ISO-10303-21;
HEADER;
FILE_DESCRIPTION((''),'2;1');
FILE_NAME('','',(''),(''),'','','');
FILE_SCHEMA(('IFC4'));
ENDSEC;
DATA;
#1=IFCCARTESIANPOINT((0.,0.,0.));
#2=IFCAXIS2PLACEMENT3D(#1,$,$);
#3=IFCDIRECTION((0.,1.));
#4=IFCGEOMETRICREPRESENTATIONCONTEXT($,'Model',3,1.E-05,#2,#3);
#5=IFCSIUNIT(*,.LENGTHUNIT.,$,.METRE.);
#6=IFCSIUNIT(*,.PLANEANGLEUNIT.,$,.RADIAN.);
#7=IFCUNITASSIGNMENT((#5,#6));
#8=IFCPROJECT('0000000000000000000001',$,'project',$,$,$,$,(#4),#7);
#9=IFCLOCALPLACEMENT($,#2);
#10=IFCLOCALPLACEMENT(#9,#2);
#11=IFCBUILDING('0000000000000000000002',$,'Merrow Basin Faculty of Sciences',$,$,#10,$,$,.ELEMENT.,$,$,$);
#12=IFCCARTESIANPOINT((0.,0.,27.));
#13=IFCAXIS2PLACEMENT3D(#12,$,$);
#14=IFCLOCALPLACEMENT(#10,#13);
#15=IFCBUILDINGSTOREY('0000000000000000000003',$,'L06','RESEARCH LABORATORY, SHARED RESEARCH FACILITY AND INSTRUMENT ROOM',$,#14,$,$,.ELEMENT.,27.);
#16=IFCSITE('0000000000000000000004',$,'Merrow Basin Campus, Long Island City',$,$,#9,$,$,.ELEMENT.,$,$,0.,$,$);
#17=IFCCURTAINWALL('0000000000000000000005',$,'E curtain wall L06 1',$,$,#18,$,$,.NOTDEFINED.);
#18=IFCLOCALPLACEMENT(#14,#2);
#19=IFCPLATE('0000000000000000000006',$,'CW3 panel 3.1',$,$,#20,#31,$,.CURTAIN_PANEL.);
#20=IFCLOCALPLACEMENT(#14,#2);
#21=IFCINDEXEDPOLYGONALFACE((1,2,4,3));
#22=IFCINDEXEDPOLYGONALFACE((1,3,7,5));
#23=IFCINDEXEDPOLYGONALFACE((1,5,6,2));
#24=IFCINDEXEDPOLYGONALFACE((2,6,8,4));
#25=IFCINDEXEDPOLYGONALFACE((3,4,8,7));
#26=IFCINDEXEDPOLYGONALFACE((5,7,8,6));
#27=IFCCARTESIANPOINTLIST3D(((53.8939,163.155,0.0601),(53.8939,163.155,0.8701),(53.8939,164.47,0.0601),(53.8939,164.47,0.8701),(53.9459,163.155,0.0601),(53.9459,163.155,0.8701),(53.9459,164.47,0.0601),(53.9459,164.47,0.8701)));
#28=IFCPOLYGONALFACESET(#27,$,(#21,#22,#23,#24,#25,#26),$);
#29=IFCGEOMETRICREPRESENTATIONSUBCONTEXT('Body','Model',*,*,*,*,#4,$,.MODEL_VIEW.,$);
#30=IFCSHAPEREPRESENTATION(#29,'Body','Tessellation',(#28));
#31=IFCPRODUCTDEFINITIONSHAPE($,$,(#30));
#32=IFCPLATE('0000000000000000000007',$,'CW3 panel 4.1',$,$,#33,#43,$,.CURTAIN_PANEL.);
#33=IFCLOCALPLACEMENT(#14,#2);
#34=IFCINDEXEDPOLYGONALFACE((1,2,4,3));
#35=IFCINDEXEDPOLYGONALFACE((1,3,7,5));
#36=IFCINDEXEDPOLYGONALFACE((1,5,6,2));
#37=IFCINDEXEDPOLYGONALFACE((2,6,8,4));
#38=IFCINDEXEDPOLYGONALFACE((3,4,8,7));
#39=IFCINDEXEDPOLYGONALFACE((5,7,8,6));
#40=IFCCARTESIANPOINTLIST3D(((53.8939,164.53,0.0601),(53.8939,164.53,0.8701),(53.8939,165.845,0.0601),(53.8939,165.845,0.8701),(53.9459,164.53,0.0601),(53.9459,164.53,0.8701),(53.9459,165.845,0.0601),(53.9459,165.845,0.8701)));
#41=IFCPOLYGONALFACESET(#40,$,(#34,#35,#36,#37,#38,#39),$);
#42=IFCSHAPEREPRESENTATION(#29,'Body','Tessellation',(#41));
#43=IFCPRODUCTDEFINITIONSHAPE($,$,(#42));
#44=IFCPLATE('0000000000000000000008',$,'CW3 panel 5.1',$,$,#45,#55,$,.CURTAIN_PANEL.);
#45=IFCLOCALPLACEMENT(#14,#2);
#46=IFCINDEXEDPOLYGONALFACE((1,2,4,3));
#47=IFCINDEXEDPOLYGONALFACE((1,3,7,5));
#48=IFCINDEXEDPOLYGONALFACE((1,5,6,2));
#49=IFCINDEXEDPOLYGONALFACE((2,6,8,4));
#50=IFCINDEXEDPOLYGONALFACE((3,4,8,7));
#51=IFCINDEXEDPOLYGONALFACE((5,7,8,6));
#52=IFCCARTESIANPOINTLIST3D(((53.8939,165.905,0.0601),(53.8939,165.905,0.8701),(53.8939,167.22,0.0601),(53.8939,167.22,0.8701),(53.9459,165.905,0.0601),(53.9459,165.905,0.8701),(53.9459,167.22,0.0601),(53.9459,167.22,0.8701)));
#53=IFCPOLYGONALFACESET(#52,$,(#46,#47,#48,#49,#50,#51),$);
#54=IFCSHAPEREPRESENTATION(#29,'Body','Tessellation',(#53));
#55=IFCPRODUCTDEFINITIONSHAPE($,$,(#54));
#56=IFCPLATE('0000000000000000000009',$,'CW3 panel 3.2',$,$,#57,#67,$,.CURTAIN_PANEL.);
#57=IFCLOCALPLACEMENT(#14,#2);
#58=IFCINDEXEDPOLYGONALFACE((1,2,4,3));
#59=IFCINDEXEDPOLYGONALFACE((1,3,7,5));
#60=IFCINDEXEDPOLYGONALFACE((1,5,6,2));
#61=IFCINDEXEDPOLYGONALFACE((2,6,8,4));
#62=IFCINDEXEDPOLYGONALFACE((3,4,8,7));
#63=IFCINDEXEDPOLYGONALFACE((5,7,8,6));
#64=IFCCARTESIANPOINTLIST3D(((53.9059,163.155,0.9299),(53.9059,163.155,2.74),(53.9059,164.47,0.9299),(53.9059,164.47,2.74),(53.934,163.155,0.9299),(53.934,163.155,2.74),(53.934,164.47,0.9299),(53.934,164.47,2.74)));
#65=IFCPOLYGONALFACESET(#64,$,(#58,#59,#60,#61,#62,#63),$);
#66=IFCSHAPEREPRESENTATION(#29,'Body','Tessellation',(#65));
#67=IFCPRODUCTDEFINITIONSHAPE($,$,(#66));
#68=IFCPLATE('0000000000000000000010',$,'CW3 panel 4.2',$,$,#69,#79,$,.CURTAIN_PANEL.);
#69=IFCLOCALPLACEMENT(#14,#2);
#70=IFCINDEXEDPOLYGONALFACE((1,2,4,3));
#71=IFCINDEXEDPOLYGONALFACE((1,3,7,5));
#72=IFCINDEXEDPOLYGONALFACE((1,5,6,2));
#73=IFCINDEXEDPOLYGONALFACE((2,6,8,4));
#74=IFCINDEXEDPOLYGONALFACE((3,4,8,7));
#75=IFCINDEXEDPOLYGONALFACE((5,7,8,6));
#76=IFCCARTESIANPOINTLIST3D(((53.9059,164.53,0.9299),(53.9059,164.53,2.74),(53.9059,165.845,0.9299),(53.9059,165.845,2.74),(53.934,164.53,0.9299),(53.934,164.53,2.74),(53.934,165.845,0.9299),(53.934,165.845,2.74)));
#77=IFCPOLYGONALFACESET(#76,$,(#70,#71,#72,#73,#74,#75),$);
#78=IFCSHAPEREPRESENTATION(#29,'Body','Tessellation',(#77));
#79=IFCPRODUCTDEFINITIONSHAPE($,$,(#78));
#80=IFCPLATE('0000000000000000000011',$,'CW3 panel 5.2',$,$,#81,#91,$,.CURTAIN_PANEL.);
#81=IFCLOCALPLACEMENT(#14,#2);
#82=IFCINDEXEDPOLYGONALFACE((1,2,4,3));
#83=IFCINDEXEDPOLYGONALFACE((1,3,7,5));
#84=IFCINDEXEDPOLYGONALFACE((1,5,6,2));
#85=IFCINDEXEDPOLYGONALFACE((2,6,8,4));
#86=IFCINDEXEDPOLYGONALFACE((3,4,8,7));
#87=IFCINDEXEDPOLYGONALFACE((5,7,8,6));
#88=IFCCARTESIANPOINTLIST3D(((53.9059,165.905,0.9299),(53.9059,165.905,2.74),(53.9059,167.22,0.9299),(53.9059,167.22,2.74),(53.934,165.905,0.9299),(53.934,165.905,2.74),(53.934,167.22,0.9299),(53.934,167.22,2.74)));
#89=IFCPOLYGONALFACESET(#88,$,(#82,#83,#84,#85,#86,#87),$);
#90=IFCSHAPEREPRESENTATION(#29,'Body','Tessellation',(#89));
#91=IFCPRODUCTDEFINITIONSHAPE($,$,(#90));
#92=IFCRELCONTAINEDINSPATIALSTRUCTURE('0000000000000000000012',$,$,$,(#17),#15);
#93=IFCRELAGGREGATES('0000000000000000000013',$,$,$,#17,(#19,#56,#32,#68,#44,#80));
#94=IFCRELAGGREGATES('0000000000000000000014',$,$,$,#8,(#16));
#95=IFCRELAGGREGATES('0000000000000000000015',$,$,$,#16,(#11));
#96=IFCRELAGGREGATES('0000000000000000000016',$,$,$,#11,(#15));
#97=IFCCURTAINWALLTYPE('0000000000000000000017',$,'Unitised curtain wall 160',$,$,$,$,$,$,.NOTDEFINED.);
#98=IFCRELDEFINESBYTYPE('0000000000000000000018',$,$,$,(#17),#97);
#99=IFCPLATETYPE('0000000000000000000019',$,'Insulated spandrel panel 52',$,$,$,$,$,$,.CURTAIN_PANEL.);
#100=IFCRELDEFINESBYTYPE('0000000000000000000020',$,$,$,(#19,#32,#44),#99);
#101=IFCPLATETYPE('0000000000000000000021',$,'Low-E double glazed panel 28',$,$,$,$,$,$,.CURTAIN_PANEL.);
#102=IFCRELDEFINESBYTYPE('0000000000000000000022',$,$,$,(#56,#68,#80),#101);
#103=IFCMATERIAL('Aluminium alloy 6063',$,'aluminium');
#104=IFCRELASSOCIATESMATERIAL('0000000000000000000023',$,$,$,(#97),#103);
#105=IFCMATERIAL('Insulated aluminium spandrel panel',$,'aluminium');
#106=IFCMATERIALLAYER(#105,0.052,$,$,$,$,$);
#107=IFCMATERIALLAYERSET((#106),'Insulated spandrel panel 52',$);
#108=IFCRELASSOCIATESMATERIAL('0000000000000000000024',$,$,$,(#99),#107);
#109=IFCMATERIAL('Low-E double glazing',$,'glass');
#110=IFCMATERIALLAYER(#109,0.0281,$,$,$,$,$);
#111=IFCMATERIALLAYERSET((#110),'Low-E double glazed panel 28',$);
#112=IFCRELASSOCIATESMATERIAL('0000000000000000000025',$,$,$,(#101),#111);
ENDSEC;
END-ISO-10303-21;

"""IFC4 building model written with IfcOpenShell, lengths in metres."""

from ifc_helpers import new_model, si_unit, direction, frame, origin, origin_2d, place, context, subcontext, project, spatial, rectangle, extrude, material, layer, layer_set, type_object, element, aggregate, save


model = new_model("IFC4")

# Units and contexts
model_context = context("Model", 3, precision=1e-05, world=origin(), true_north=direction((0.0, 1.0)))
body_context = subcontext(model_context, "Body", "Model", "MODEL_VIEW")
ifc_project = project(units=[si_unit("LENGTHUNIT", "METRE"), si_unit("PLANEANGLEUNIT", "RADIAN")], contexts=[model_context])

# Site, building, storey
site_placement = place(None, origin())
site = spatial("IfcSite", under=ifc_project, at=site_placement, Name="Merrow Basin Campus, Long Island City", CompositionType="ELEMENT", RefElevation=0.0)
building_placement = place(site_placement, origin())
building = spatial("IfcBuilding", under=site, at=building_placement, Name="Merrow Basin Faculty of Sciences", CompositionType="ELEMENT")
storey_placement = place(building_placement, frame((0.0, 0.0, 27.0)))
storey = spatial("IfcBuildingStorey", under=building, at=storey_placement, Name="L06", Description="RESEARCH LABORATORY, SHARED RESEARCH FACILITY AND INSTRUMENT ROOM", CompositionType="ELEMENT", Elevation=27.0)

# Curtain wall, plates
ifc_material_1 = material(Name="Aluminium alloy 6063", Category="aluminium")
curtain_wall_type = type_object("IfcCurtainWallType", Name="Unitised curtain wall 160", PredefinedType="NOTDEFINED", material=ifc_material_1)
curtain_wall_placement = place(storey_placement, origin())
curtain_wall = element("IfcCurtainWall", 1, at=curtain_wall_placement, inside=storey, type_object=curtain_wall_type, Name="E curtain wall L06 1", PredefinedType="NOTDEFINED")
ifc_material_2 = material(Name="Insulated aluminium spandrel panel", Category="aluminium")
ifc_layer_1 = layer(ifc_material_2, 0.052)
ifc_layer_set_1 = layer_set([ifc_layer_1], Name="Insulated spandrel panel 52")
plate_type_1 = type_object("IfcPlateType", Name="Insulated spandrel panel 52", PredefinedType="CURTAIN_PANEL", material=ifc_layer_set_1)
plate_1_placement = place(storey_placement, frame((53.9199, 163.8125, 0.0601), z_axis=(0.0, 0.0, 1.0), x_axis=(0.0, 1.0, 0.0)))
plate_1 = element("IfcPlate", 2, at=plate_1_placement, type_object=plate_type_1, Name="CW3 panel 3.1", PredefinedType="CURTAIN_PANEL", context=body_context, shape_type="SweptSolid", body=[
    extrude(rectangle(XDim=1.3149, YDim=0.052, at=origin_2d()), origin(), (0.0, 0.0, 1.0), 0.8101),
])
plate_2_placement = place(storey_placement, frame((53.9199, 165.1875, 0.0601), z_axis=(0.0, 0.0, 1.0), x_axis=(0.0, 1.0, 0.0)))
plate_2 = element("IfcPlate", 3, at=plate_2_placement, type_object=plate_type_1, Name="CW3 panel 4.1", PredefinedType="CURTAIN_PANEL", context=body_context, shape_type="SweptSolid", body=[
    extrude(rectangle(XDim=1.3149, YDim=0.052, at=origin_2d()), origin(), (0.0, 0.0, 1.0), 0.8101),
])
plate_3_placement = place(storey_placement, frame((53.9199, 166.5625, 0.0601), z_axis=(0.0, 0.0, 1.0), x_axis=(0.0, 1.0, 0.0)))
plate_3 = element("IfcPlate", 4, at=plate_3_placement, type_object=plate_type_1, Name="CW3 panel 5.1", PredefinedType="CURTAIN_PANEL", context=body_context, shape_type="SweptSolid", body=[
    extrude(rectangle(XDim=1.3149, YDim=0.052, at=origin_2d()), origin(), (0.0, 0.0, 1.0), 0.8101),
])
ifc_material_3 = material(Name="Low-E double glazing", Category="glass")
ifc_layer_2 = layer(ifc_material_3, 0.0281)
ifc_layer_set_2 = layer_set([ifc_layer_2], Name="Low-E double glazed panel 28")
plate_type_2 = type_object("IfcPlateType", Name="Low-E double glazed panel 28", PredefinedType="CURTAIN_PANEL", material=ifc_layer_set_2)
plate_4_placement = place(storey_placement, frame((53.9199, 163.8125, 0.9299), z_axis=(0.0, 0.0, 1.0), x_axis=(0.0, 1.0, 0.0)))
plate_4 = element("IfcPlate", 5, at=plate_4_placement, type_object=plate_type_2, Name="CW3 panel 3.2", PredefinedType="CURTAIN_PANEL", context=body_context, shape_type="SweptSolid", body=[
    extrude(rectangle(XDim=1.3149, YDim=0.0281, at=origin_2d()), origin(), (0.0, 0.0, 1.0), 1.8101),
])
plate_5_placement = place(storey_placement, frame((53.9199, 165.1875, 0.9299), z_axis=(0.0, 0.0, 1.0), x_axis=(0.0, 1.0, 0.0)))
plate_5 = element("IfcPlate", 6, at=plate_5_placement, type_object=plate_type_2, Name="CW3 panel 4.2", PredefinedType="CURTAIN_PANEL", context=body_context, shape_type="SweptSolid", body=[
    extrude(rectangle(XDim=1.3149, YDim=0.0281, at=origin_2d()), origin(), (0.0, 0.0, 1.0), 1.8101),
])
plate_6_placement = place(storey_placement, frame((53.9199, 166.5625, 0.9299), z_axis=(0.0, 0.0, 1.0), x_axis=(0.0, 1.0, 0.0)))
plate_6 = element("IfcPlate", 7, at=plate_6_placement, type_object=plate_type_2, Name="CW3 panel 5.2", PredefinedType="CURTAIN_PANEL", context=body_context, shape_type="SweptSolid", body=[
    extrude(rectangle(XDim=1.3149, YDim=0.0281, at=origin_2d()), origin(), (0.0, 0.0, 1.0), 1.8101),
])
aggregate(curtain_wall, [plate_1, plate_4, plate_2, plate_5, plate_3, plate_6])

save(model, "model.ifc")
